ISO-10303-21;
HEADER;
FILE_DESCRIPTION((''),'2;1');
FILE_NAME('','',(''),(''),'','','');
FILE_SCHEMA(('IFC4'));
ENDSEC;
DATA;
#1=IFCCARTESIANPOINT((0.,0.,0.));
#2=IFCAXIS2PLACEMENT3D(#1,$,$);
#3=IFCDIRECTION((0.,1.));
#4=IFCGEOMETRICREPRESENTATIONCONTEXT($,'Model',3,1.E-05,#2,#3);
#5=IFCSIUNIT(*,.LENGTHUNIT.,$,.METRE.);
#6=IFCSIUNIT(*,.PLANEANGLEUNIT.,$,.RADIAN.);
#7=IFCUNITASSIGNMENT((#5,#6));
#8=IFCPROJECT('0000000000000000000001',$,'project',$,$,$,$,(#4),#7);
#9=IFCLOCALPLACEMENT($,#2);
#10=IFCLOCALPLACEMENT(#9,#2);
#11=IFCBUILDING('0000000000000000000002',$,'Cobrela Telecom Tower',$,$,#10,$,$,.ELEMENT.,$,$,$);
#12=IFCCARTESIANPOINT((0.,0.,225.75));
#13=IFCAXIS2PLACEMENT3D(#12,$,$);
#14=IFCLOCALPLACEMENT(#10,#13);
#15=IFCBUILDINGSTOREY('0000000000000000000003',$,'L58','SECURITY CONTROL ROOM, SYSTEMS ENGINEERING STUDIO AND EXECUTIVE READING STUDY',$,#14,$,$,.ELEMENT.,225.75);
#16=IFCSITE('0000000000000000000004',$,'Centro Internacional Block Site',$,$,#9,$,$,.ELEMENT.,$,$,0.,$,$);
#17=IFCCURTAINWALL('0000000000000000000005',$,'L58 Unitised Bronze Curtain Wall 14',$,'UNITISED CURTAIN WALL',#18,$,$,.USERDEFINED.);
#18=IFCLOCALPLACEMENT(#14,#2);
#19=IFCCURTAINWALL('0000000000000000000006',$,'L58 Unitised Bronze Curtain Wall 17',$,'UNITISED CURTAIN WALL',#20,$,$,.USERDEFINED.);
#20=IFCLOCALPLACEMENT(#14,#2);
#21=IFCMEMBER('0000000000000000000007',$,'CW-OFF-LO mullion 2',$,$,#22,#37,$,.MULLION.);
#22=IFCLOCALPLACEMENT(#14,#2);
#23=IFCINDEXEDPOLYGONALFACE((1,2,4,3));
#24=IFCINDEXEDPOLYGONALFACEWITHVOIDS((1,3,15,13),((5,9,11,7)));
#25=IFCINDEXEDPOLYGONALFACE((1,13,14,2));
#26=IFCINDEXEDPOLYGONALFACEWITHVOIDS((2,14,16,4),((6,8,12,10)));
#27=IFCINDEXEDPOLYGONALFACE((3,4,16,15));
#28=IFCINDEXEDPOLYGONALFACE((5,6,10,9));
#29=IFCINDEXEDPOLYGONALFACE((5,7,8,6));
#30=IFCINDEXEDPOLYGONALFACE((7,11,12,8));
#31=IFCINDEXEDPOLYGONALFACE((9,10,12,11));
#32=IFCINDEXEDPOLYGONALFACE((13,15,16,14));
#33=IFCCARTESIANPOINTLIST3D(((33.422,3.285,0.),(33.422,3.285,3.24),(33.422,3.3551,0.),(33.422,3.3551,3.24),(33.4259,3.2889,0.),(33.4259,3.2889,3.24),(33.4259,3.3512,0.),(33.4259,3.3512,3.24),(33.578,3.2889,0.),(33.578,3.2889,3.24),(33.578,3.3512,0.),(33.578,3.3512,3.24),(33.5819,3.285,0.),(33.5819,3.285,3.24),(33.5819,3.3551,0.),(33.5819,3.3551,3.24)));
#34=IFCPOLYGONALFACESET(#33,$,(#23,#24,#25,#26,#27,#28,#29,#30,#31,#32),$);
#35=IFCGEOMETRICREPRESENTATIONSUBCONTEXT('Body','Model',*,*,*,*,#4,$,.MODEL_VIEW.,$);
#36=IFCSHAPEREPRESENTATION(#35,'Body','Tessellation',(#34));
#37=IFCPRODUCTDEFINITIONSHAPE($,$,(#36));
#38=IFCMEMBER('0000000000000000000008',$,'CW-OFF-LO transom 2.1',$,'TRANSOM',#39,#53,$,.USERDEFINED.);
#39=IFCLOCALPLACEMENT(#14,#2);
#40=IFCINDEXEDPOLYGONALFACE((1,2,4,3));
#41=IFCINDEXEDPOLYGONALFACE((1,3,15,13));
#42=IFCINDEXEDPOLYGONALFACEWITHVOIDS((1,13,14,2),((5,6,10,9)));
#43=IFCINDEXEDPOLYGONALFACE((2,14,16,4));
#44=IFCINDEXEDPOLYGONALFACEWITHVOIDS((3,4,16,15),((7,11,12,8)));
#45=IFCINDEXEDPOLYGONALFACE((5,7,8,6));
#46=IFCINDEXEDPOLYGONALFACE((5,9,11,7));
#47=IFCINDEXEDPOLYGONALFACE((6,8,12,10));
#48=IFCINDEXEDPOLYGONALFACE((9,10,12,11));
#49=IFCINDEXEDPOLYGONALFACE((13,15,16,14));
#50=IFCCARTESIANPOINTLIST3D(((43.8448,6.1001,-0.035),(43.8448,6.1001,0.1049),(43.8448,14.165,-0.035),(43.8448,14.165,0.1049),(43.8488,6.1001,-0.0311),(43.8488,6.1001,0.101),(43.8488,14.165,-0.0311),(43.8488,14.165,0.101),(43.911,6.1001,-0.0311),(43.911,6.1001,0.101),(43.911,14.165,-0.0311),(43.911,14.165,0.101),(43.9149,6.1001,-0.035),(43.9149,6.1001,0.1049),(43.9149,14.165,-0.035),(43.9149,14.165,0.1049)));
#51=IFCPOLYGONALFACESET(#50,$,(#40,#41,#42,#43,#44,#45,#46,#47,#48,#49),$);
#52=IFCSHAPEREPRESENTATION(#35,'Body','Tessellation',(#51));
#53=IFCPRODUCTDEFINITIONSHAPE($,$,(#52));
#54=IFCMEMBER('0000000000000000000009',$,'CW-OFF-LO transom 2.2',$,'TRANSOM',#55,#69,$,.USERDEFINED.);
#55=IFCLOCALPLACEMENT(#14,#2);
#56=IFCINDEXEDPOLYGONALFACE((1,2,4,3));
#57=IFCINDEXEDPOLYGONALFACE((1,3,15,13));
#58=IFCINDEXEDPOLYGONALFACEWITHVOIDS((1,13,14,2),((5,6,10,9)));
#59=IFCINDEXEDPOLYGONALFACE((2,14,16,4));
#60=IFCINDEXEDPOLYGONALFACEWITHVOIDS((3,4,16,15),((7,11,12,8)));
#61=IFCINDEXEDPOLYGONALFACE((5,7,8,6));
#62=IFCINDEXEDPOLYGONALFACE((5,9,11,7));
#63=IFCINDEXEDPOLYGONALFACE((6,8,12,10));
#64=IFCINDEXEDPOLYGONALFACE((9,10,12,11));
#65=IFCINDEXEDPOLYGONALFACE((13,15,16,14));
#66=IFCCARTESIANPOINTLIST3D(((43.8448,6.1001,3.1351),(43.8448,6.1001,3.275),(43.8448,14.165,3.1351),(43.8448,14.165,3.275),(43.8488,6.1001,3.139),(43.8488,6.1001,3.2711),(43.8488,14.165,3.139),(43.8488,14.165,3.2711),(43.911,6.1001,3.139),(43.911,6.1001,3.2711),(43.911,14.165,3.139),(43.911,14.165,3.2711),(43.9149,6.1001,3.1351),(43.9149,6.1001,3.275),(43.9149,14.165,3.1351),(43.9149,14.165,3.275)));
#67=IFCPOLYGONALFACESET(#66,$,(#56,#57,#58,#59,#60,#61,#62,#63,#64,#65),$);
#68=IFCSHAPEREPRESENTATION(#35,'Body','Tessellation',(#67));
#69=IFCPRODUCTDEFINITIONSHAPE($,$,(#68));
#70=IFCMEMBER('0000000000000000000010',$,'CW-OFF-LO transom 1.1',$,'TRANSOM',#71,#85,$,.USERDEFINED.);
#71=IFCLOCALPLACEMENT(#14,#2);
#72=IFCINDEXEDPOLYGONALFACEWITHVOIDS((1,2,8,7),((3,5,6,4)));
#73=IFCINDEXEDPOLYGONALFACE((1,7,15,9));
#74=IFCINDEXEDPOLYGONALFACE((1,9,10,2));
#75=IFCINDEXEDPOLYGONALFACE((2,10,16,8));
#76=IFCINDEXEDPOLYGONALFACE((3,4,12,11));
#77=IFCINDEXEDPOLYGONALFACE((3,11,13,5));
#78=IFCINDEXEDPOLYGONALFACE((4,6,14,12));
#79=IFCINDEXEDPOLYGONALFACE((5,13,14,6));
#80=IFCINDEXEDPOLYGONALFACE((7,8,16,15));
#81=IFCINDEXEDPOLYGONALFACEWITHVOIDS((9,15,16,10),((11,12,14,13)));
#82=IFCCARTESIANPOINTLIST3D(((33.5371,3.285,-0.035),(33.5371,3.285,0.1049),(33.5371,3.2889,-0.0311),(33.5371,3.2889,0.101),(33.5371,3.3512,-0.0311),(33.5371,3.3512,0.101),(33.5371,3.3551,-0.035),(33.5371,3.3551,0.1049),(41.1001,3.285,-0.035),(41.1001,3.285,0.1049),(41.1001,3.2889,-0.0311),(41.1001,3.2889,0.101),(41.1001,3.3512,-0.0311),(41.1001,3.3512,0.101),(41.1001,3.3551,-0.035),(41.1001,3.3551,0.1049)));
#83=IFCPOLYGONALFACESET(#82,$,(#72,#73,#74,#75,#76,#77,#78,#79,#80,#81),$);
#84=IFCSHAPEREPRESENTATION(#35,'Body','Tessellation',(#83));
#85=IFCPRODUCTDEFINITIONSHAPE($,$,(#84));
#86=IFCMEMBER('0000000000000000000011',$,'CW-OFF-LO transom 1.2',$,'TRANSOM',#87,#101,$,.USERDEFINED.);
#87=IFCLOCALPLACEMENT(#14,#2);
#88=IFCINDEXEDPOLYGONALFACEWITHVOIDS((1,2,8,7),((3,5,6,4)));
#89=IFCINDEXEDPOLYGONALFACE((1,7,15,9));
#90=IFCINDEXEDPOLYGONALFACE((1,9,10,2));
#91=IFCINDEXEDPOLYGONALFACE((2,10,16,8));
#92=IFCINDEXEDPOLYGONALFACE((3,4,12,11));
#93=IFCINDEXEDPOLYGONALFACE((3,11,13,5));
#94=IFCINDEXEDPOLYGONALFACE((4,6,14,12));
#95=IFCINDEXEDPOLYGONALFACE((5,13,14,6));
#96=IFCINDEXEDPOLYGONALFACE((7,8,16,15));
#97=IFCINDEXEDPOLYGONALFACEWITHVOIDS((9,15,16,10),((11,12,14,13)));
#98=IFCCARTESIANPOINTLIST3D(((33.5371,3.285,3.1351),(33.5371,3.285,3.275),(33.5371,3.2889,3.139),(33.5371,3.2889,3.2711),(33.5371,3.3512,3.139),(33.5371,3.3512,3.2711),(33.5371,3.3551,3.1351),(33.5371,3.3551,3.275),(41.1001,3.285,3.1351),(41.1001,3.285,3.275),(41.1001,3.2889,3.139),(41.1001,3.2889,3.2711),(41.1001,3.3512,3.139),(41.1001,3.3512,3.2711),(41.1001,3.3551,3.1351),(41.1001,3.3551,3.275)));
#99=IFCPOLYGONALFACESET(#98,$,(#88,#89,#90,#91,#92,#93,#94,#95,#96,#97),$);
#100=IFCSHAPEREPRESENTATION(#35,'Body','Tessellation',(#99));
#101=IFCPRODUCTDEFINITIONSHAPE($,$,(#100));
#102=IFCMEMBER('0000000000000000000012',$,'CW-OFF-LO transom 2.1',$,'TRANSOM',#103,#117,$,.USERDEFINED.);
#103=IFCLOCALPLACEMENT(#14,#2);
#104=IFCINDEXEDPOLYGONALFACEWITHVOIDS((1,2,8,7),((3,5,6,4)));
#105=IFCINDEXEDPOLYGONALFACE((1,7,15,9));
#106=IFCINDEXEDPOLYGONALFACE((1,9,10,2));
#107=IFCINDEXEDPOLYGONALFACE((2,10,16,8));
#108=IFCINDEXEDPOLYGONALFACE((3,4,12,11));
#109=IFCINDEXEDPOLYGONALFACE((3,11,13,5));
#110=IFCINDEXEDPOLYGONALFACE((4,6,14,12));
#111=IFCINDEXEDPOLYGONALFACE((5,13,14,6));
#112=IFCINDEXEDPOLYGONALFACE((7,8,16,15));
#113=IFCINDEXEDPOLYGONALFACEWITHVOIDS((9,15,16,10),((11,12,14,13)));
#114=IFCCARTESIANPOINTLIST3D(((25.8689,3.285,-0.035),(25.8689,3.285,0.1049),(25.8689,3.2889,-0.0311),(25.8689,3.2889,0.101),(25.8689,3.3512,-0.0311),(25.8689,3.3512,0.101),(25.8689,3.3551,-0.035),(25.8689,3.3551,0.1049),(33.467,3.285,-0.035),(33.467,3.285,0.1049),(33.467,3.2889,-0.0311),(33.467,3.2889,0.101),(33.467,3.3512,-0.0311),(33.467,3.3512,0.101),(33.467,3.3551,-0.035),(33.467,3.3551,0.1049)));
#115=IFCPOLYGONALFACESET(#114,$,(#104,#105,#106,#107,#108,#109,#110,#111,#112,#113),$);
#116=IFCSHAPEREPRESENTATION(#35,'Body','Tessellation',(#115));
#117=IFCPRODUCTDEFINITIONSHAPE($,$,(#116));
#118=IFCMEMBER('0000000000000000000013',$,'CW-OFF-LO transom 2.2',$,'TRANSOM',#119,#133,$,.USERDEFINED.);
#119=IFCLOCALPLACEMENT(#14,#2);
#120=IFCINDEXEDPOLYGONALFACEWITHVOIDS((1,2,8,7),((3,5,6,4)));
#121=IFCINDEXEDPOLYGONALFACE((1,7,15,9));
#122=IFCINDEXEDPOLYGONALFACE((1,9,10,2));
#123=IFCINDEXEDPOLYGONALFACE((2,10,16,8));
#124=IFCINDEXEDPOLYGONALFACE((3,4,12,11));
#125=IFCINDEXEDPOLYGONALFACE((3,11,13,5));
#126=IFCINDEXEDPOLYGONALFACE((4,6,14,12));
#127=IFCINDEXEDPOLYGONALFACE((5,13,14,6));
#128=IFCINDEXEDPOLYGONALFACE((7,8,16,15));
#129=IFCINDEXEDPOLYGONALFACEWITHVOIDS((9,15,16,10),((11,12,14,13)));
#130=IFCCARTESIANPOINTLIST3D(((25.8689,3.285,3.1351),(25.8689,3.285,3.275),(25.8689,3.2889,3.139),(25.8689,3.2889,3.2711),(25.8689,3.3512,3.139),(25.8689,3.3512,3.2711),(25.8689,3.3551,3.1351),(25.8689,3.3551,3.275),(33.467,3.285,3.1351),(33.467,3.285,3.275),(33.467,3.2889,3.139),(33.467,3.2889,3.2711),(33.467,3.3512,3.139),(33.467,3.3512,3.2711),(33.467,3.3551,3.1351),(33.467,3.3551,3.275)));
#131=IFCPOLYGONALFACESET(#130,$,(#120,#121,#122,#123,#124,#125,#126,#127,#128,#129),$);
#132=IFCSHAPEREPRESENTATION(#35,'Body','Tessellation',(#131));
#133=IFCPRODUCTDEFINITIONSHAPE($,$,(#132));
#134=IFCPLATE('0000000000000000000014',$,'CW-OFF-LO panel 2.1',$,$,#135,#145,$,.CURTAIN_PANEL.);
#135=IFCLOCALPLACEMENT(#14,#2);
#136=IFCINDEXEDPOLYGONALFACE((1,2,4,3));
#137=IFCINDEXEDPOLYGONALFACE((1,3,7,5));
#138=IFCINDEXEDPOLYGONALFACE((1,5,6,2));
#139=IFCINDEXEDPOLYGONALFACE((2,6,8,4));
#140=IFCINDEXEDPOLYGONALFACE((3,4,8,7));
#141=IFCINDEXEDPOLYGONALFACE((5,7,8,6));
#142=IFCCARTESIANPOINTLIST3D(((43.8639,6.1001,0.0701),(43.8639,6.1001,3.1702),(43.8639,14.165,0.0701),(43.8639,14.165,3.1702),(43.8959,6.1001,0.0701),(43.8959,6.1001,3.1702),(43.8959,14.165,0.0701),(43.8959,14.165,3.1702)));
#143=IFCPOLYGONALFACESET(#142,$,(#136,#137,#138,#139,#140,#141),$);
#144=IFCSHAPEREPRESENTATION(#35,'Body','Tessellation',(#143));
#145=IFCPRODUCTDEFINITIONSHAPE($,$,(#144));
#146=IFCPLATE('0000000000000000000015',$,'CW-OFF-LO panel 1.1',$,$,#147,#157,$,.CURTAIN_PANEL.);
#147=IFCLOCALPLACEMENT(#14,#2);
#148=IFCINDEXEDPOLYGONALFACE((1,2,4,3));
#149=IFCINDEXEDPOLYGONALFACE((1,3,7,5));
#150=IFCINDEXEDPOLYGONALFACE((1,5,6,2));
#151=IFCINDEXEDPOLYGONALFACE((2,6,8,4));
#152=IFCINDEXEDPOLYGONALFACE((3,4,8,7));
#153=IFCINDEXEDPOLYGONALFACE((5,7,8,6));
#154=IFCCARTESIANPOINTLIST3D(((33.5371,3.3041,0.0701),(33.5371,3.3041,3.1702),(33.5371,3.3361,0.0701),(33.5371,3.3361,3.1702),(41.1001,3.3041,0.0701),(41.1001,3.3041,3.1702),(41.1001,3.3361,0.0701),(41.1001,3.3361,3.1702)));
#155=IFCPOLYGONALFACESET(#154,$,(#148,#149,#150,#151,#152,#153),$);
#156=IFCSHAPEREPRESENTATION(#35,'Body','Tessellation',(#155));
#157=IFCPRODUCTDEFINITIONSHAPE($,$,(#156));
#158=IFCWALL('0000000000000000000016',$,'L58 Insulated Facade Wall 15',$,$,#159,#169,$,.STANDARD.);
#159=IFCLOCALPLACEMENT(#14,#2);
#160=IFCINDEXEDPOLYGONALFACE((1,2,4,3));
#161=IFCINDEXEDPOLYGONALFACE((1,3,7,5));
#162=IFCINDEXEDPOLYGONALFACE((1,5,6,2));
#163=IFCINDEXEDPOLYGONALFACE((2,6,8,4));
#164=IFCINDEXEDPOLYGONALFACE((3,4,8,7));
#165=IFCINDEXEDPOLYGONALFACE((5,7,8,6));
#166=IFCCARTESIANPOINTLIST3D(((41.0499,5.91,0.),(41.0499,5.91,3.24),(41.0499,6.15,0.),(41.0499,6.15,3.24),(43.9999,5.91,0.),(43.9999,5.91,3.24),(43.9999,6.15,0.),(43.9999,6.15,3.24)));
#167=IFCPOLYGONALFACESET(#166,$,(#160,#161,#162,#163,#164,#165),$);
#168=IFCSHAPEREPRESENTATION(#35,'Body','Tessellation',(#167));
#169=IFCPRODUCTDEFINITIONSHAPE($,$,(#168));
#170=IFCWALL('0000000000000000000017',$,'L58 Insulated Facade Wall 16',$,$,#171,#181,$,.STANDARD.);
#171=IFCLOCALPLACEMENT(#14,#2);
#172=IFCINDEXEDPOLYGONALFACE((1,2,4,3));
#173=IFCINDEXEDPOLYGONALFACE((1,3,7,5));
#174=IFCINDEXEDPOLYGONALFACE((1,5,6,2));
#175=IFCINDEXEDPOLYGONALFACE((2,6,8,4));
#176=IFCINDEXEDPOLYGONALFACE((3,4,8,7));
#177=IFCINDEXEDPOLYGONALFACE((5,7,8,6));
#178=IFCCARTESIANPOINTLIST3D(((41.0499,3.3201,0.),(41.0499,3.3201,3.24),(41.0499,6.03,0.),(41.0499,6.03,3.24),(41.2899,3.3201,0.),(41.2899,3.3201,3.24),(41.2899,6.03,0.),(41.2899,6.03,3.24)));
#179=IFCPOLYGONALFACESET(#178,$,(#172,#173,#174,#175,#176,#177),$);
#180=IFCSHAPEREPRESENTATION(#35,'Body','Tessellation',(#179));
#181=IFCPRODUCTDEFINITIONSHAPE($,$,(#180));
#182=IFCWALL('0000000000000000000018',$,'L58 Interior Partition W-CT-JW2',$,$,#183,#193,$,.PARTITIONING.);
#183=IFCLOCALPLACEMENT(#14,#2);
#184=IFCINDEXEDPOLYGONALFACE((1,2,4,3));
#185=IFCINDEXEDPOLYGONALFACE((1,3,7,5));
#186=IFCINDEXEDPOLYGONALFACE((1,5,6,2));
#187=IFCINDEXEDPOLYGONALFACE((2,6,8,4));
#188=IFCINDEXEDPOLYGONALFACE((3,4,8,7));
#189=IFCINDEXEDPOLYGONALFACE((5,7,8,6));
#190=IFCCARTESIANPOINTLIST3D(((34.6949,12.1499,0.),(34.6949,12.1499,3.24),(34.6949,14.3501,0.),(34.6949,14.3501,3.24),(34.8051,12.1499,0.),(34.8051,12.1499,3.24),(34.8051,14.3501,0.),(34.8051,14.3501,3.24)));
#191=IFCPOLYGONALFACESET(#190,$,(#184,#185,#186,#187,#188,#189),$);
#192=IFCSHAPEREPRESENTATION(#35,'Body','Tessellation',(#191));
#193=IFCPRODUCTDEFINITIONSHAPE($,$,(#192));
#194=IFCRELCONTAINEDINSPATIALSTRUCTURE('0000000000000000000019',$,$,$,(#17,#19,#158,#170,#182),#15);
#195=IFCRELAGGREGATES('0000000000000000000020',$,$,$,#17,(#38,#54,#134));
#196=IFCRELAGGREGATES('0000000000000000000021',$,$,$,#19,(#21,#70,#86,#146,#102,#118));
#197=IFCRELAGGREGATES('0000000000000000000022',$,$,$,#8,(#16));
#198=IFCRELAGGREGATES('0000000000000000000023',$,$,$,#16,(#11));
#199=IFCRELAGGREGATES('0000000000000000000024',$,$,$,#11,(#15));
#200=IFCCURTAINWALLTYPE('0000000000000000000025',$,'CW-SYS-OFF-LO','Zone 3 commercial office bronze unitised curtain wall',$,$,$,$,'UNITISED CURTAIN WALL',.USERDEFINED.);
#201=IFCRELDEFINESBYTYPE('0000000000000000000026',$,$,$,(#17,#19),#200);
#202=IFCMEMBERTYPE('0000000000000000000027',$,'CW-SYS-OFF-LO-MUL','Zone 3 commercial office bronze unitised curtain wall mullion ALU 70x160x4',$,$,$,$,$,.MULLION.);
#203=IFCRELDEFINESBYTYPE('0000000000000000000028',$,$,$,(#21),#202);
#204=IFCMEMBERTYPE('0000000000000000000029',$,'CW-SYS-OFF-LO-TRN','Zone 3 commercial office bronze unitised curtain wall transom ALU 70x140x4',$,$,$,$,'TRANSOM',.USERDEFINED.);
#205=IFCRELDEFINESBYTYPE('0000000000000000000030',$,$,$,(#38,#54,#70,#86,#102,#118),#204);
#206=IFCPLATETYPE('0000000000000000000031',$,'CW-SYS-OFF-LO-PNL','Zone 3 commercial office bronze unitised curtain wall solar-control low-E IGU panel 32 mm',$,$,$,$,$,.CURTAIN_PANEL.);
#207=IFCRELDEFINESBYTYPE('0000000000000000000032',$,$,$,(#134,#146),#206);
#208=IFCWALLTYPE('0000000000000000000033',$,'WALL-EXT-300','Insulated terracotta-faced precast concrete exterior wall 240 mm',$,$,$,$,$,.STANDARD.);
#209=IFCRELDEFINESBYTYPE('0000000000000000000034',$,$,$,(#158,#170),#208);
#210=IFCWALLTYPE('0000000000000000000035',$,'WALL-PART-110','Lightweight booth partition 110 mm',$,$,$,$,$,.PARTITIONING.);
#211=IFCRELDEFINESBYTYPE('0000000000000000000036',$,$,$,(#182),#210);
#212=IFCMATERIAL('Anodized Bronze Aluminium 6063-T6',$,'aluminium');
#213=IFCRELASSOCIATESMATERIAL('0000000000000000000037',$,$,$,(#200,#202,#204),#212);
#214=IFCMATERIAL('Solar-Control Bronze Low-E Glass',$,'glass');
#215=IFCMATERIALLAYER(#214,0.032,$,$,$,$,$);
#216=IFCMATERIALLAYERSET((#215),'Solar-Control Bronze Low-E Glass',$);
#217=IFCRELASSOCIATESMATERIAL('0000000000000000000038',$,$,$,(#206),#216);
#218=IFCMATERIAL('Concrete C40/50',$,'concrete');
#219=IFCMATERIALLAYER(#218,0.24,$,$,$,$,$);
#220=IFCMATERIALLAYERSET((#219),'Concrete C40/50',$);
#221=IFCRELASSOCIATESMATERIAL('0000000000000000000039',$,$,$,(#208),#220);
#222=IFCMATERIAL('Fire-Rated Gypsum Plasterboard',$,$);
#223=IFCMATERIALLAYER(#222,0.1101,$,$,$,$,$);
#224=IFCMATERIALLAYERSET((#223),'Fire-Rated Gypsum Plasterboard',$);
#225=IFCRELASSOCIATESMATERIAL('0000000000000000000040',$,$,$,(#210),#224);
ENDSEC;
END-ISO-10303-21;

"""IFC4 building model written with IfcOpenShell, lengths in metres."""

from ifc_helpers import new_model, si_unit, direction, frame, frame_2d, origin, origin_2d, place, context, subcontext, project, spatial, rectangle, hollow_rectangle, extrude, material, layer, layer_set, material_profile, profile_set, type_object, element, aggregate, save


model = new_model("IFC4")

# Units and contexts
model_context = context("Model", 3, precision=1e-05, world=origin(), true_north=direction((0.0, 1.0)))
body_context = subcontext(model_context, "Body", "Model", "MODEL_VIEW")
ifc_project = project(units=[si_unit("LENGTHUNIT", "METRE"), si_unit("PLANEANGLEUNIT", "RADIAN")], contexts=[model_context])

# Site, building, storey
site_placement = place(None, origin())
site = spatial("IfcSite", under=ifc_project, at=site_placement, Name="Centro Internacional Block Site", CompositionType="ELEMENT", RefElevation=0.0)
building_placement = place(site_placement, origin())
building = spatial("IfcBuilding", under=site, at=building_placement, Name="Cobrela Telecom Tower", CompositionType="ELEMENT")
storey_placement = place(building_placement, frame((0.0, 0.0, 225.75)))
storey = spatial("IfcBuildingStorey", under=building, at=storey_placement, Name="L58", Description="SECURITY CONTROL ROOM, SYSTEMS ENGINEERING STUDIO AND EXECUTIVE READING STUDY", CompositionType="ELEMENT", Elevation=225.75)

# Curtain walls, member
ifc_material_1 = material(Name="Anodized Bronze Aluminium 6063-T6", Category="aluminium")
curtain_wall_type = type_object("IfcCurtainWallType", Name="CW-SYS-OFF-LO", Description="Zone 3 commercial office bronze unitised curtain wall", ElementType="UNITISED CURTAIN WALL", PredefinedType="USERDEFINED", material=ifc_material_1)
curtain_wall_1_placement = place(storey_placement, origin())
curtain_wall_1 = element("IfcCurtainWall", 1, at=curtain_wall_1_placement, inside=storey, type_object=curtain_wall_type, Name="L58 Unitised Bronze Curtain Wall 14", ObjectType="UNITISED CURTAIN WALL", PredefinedType="USERDEFINED")
ifc_material_profile_1 = material_profile(ifc_material_1, hollow_rectangle(XDim=0.0701, YDim=0.1599, WallThickness=0.0039, at=origin_2d()), Name="ALU 70x160x4")
ifc_profile_set_1 = profile_set([ifc_material_profile_1], Name="Anodized Bronze Aluminium 6063-T6")
member_type_1 = type_object("IfcMemberType", Name="CW-SYS-OFF-LO-MUL", Description="Zone 3 commercial office bronze unitised curtain wall mullion ALU 70x160x4", PredefinedType="MULLION", material=ifc_profile_set_1)
curtain_wall_2_placement = place(storey_placement, origin())
curtain_wall_2 = element("IfcCurtainWall", 2, at=curtain_wall_2_placement, inside=storey, type_object=curtain_wall_type, Name="L58 Unitised Bronze Curtain Wall 17", ObjectType="UNITISED CURTAIN WALL", PredefinedType="USERDEFINED")
member_1_placement = place(storey_placement, frame((33.502, 3.3201, 0.0), z_axis=(0.0, 0.0, 1.0), x_axis=(0.0, -1.0, 0.0)))
member_1 = element("IfcMember", 3, at=member_1_placement, type_object=member_type_1, Name="CW-OFF-LO mullion 2", PredefinedType="MULLION", context=body_context, shape_type="SweptSolid", body=[
    extrude(hollow_rectangle(XDim=0.0701, YDim=0.1599, WallThickness=0.0039, at=origin_2d()), origin(), (0.0, 0.0, 1.0), 3.24),
])

# Members
ifc_material_profile_2 = material_profile(ifc_material_1, hollow_rectangle(XDim=0.0701, YDim=0.1399, WallThickness=0.0039, at=origin_2d()), Name="ALU 70x140x4")
ifc_profile_set_2 = profile_set([ifc_material_profile_2], Name="Anodized Bronze Aluminium 6063-T6")
member_type_2 = type_object("IfcMemberType", Name="CW-SYS-OFF-LO-TRN", Description="Zone 3 commercial office bronze unitised curtain wall transom ALU 70x140x4", ElementType="TRANSOM", PredefinedType="USERDEFINED", material=ifc_profile_set_2)
member_2_placement = place(storey_placement, frame((43.8799, 14.165, 0.0349), z_axis=(0.0, -1.0, 0.0), x_axis=(1.0, 0.0, 0.0)))
member_2 = element("IfcMember", 4, at=member_2_placement, type_object=member_type_2, Name="CW-OFF-LO transom 2.1", ObjectType="TRANSOM", PredefinedType="USERDEFINED", context=body_context, shape_type="SweptSolid", body=[
    extrude(hollow_rectangle(XDim=0.0701, YDim=0.1399, WallThickness=0.0039, at=origin_2d()), origin(), (0.0, 0.0, 1.0), 8.0649),
])
member_3_placement = place(storey_placement, frame((43.8799, 14.165, 3.2051), z_axis=(0.0, -1.0, 0.0), x_axis=(1.0, 0.0, 0.0)))
member_3 = element("IfcMember", 5, at=member_3_placement, type_object=member_type_2, Name="CW-OFF-LO transom 2.2", ObjectType="TRANSOM", PredefinedType="USERDEFINED", context=body_context, shape_type="SweptSolid", body=[
    extrude(hollow_rectangle(XDim=0.0701, YDim=0.1399, WallThickness=0.0039, at=origin_2d()), origin(), (0.0, 0.0, 1.0), 8.0649),
])
member_4_placement = place(storey_placement, frame((41.1001, 3.3201, 0.0349), z_axis=(-1.0, 0.0, 0.0), x_axis=(0.0, -1.0, 0.0)))
member_4 = element("IfcMember", 6, at=member_4_placement, type_object=member_type_2, Name="CW-OFF-LO transom 1.1", ObjectType="TRANSOM", PredefinedType="USERDEFINED", context=body_context, shape_type="SweptSolid", body=[
    extrude(hollow_rectangle(XDim=0.0701, YDim=0.1399, WallThickness=0.0039, at=origin_2d()), origin(), (0.0, 0.0, 1.0), 7.563),
])
member_5_placement = place(storey_placement, frame((41.1001, 3.3201, 3.2051), z_axis=(-1.0, 0.0, 0.0), x_axis=(0.0, -1.0, 0.0)))
member_5 = element("IfcMember", 7, at=member_5_placement, type_object=member_type_2, Name="CW-OFF-LO transom 1.2", ObjectType="TRANSOM", PredefinedType="USERDEFINED", context=body_context, shape_type="SweptSolid", body=[
    extrude(hollow_rectangle(XDim=0.0701, YDim=0.1399, WallThickness=0.0039, at=origin_2d()), origin(), (0.0, 0.0, 1.0), 7.563),
])
member_6_placement = place(storey_placement, frame((33.467, 3.3201, 0.0349), z_axis=(-1.0, 0.0, 0.0), x_axis=(0.0, -1.0, 0.0)))
member_6 = element("IfcMember", 8, at=member_6_placement, type_object=member_type_2, Name="CW-OFF-LO transom 2.1", ObjectType="TRANSOM", PredefinedType="USERDEFINED", context=body_context, shape_type="SweptSolid", body=[
    extrude(hollow_rectangle(XDim=0.0701, YDim=0.1399, WallThickness=0.0039, at=origin_2d()), origin(), (0.0, 0.0, 1.0), 7.5981),
])
member_7_placement = place(storey_placement, frame((33.467, 3.3201, 3.2051), z_axis=(-1.0, 0.0, 0.0), x_axis=(0.0, -1.0, 0.0)))
member_7 = element("IfcMember", 9, at=member_7_placement, type_object=member_type_2, Name="CW-OFF-LO transom 2.2", ObjectType="TRANSOM", PredefinedType="USERDEFINED", context=body_context, shape_type="SweptSolid", body=[
    extrude(hollow_rectangle(XDim=0.0701, YDim=0.1399, WallThickness=0.0039, at=origin_2d()), origin(), (0.0, 0.0, 1.0), 7.5981),
])

# Plates
ifc_material_2 = material(Name="Solar-Control Bronze Low-E Glass", Category="glass")
ifc_layer_1 = layer(ifc_material_2, 0.032)
ifc_layer_set_1 = layer_set([ifc_layer_1], Name="Solar-Control Bronze Low-E Glass")
plate_type = type_object("IfcPlateType", Name="CW-SYS-OFF-LO-PNL", Description="Zone 3 commercial office bronze unitised curtain wall solar-control low-E IGU panel 32 mm", PredefinedType="CURTAIN_PANEL", material=ifc_layer_set_1)
plate_1_placement = place(storey_placement, frame((43.8799, 10.1326, 0.0701), z_axis=(0.0, 0.0, 1.0), x_axis=(0.0, -1.0, 0.0)))
plate_1 = element("IfcPlate", 10, at=plate_1_placement, type_object=plate_type, Name="CW-OFF-LO panel 2.1", PredefinedType="CURTAIN_PANEL", context=body_context, shape_type="SweptSolid", body=[
    extrude(rectangle(XDim=8.0649, YDim=0.032, at=origin_2d()), origin(), (0.0, 0.0, 1.0), 3.1001),
])
aggregate(curtain_wall_1, [member_2, member_3, plate_1])
plate_2_placement = place(storey_placement, frame((37.3186, 3.3201, 0.0701), z_axis=(0.0, 0.0, 1.0), x_axis=(-1.0, 0.0, 0.0)))
plate_2 = element("IfcPlate", 11, at=plate_2_placement, type_object=plate_type, Name="CW-OFF-LO panel 1.1", PredefinedType="CURTAIN_PANEL", context=body_context, shape_type="SweptSolid", body=[
    extrude(rectangle(XDim=7.563, YDim=0.032, at=origin_2d()), origin(), (0.0, 0.0, 1.0), 3.1001),
])
aggregate(curtain_wall_2, [member_1, member_4, member_5, plate_2, member_6, member_7])

# Walls
ifc_material_3 = material(Name="Concrete C40/50", Category="concrete")
ifc_layer_2 = layer(ifc_material_3, 0.24)
ifc_layer_set_2 = layer_set([ifc_layer_2], Name="Concrete C40/50")
wall_type_1 = type_object("IfcWallType", Name="WALL-EXT-300", Description="Insulated terracotta-faced precast concrete exterior wall 240 mm", PredefinedType="STANDARD", material=ifc_layer_set_2)
wall_1_placement = place(storey_placement, frame((44.0, 6.03, 0.0), z_axis=(0.0, 0.0, 1.0), x_axis=(-1.0, 0.0, 0.0)))
element("IfcWall", 12, at=wall_1_placement, inside=storey, type_object=wall_type_1, Name="L58 Insulated Facade Wall 15", PredefinedType="STANDARD", context=body_context, shape_type="SweptSolid", body=[
    extrude(rectangle(XDim=2.95, YDim=0.24, at=frame_2d((1.4751, 0.0))), origin(), (0.0, 0.0, 1.0), 3.24),
])
wall_2_placement = place(storey_placement, frame((41.1699, 6.03, 0.0), z_axis=(0.0, 0.0, 1.0), x_axis=(0.0, -1.0, 0.0)))
element("IfcWall", 13, at=wall_2_placement, inside=storey, type_object=wall_type_1, Name="L58 Insulated Facade Wall 16", PredefinedType="STANDARD", context=body_context, shape_type="SweptSolid", body=[
    extrude(rectangle(XDim=2.71, YDim=0.24, at=frame_2d((1.355, 0.0))), origin(), (0.0, 0.0, 1.0), 3.24),
])
ifc_material_4 = material(Name="Fire-Rated Gypsum Plasterboard")
ifc_layer_3 = layer(ifc_material_4, 0.1101)
ifc_layer_set_3 = layer_set([ifc_layer_3], Name="Fire-Rated Gypsum Plasterboard")
wall_type_2 = type_object("IfcWallType", Name="WALL-PART-110", Description="Lightweight booth partition 110 mm", PredefinedType="PARTITIONING", material=ifc_layer_set_3)
wall_3_placement = place(storey_placement, frame((34.75, 12.1499, 0.0), z_axis=(0.0, 0.0, 1.0), x_axis=(0.0, 1.0, 0.0)))
element("IfcWall", 14, at=wall_3_placement, inside=storey, type_object=wall_type_2, Name="L58 Interior Partition W-CT-JW2", PredefinedType="PARTITIONING", context=body_context, shape_type="SweptSolid", body=[
    extrude(rectangle(XDim=2.2002, YDim=0.1101, at=frame_2d((1.1001, 0.0))), origin(), (0.0, 0.0, 1.0), 3.24),
])

save(model, "model.ifc")
